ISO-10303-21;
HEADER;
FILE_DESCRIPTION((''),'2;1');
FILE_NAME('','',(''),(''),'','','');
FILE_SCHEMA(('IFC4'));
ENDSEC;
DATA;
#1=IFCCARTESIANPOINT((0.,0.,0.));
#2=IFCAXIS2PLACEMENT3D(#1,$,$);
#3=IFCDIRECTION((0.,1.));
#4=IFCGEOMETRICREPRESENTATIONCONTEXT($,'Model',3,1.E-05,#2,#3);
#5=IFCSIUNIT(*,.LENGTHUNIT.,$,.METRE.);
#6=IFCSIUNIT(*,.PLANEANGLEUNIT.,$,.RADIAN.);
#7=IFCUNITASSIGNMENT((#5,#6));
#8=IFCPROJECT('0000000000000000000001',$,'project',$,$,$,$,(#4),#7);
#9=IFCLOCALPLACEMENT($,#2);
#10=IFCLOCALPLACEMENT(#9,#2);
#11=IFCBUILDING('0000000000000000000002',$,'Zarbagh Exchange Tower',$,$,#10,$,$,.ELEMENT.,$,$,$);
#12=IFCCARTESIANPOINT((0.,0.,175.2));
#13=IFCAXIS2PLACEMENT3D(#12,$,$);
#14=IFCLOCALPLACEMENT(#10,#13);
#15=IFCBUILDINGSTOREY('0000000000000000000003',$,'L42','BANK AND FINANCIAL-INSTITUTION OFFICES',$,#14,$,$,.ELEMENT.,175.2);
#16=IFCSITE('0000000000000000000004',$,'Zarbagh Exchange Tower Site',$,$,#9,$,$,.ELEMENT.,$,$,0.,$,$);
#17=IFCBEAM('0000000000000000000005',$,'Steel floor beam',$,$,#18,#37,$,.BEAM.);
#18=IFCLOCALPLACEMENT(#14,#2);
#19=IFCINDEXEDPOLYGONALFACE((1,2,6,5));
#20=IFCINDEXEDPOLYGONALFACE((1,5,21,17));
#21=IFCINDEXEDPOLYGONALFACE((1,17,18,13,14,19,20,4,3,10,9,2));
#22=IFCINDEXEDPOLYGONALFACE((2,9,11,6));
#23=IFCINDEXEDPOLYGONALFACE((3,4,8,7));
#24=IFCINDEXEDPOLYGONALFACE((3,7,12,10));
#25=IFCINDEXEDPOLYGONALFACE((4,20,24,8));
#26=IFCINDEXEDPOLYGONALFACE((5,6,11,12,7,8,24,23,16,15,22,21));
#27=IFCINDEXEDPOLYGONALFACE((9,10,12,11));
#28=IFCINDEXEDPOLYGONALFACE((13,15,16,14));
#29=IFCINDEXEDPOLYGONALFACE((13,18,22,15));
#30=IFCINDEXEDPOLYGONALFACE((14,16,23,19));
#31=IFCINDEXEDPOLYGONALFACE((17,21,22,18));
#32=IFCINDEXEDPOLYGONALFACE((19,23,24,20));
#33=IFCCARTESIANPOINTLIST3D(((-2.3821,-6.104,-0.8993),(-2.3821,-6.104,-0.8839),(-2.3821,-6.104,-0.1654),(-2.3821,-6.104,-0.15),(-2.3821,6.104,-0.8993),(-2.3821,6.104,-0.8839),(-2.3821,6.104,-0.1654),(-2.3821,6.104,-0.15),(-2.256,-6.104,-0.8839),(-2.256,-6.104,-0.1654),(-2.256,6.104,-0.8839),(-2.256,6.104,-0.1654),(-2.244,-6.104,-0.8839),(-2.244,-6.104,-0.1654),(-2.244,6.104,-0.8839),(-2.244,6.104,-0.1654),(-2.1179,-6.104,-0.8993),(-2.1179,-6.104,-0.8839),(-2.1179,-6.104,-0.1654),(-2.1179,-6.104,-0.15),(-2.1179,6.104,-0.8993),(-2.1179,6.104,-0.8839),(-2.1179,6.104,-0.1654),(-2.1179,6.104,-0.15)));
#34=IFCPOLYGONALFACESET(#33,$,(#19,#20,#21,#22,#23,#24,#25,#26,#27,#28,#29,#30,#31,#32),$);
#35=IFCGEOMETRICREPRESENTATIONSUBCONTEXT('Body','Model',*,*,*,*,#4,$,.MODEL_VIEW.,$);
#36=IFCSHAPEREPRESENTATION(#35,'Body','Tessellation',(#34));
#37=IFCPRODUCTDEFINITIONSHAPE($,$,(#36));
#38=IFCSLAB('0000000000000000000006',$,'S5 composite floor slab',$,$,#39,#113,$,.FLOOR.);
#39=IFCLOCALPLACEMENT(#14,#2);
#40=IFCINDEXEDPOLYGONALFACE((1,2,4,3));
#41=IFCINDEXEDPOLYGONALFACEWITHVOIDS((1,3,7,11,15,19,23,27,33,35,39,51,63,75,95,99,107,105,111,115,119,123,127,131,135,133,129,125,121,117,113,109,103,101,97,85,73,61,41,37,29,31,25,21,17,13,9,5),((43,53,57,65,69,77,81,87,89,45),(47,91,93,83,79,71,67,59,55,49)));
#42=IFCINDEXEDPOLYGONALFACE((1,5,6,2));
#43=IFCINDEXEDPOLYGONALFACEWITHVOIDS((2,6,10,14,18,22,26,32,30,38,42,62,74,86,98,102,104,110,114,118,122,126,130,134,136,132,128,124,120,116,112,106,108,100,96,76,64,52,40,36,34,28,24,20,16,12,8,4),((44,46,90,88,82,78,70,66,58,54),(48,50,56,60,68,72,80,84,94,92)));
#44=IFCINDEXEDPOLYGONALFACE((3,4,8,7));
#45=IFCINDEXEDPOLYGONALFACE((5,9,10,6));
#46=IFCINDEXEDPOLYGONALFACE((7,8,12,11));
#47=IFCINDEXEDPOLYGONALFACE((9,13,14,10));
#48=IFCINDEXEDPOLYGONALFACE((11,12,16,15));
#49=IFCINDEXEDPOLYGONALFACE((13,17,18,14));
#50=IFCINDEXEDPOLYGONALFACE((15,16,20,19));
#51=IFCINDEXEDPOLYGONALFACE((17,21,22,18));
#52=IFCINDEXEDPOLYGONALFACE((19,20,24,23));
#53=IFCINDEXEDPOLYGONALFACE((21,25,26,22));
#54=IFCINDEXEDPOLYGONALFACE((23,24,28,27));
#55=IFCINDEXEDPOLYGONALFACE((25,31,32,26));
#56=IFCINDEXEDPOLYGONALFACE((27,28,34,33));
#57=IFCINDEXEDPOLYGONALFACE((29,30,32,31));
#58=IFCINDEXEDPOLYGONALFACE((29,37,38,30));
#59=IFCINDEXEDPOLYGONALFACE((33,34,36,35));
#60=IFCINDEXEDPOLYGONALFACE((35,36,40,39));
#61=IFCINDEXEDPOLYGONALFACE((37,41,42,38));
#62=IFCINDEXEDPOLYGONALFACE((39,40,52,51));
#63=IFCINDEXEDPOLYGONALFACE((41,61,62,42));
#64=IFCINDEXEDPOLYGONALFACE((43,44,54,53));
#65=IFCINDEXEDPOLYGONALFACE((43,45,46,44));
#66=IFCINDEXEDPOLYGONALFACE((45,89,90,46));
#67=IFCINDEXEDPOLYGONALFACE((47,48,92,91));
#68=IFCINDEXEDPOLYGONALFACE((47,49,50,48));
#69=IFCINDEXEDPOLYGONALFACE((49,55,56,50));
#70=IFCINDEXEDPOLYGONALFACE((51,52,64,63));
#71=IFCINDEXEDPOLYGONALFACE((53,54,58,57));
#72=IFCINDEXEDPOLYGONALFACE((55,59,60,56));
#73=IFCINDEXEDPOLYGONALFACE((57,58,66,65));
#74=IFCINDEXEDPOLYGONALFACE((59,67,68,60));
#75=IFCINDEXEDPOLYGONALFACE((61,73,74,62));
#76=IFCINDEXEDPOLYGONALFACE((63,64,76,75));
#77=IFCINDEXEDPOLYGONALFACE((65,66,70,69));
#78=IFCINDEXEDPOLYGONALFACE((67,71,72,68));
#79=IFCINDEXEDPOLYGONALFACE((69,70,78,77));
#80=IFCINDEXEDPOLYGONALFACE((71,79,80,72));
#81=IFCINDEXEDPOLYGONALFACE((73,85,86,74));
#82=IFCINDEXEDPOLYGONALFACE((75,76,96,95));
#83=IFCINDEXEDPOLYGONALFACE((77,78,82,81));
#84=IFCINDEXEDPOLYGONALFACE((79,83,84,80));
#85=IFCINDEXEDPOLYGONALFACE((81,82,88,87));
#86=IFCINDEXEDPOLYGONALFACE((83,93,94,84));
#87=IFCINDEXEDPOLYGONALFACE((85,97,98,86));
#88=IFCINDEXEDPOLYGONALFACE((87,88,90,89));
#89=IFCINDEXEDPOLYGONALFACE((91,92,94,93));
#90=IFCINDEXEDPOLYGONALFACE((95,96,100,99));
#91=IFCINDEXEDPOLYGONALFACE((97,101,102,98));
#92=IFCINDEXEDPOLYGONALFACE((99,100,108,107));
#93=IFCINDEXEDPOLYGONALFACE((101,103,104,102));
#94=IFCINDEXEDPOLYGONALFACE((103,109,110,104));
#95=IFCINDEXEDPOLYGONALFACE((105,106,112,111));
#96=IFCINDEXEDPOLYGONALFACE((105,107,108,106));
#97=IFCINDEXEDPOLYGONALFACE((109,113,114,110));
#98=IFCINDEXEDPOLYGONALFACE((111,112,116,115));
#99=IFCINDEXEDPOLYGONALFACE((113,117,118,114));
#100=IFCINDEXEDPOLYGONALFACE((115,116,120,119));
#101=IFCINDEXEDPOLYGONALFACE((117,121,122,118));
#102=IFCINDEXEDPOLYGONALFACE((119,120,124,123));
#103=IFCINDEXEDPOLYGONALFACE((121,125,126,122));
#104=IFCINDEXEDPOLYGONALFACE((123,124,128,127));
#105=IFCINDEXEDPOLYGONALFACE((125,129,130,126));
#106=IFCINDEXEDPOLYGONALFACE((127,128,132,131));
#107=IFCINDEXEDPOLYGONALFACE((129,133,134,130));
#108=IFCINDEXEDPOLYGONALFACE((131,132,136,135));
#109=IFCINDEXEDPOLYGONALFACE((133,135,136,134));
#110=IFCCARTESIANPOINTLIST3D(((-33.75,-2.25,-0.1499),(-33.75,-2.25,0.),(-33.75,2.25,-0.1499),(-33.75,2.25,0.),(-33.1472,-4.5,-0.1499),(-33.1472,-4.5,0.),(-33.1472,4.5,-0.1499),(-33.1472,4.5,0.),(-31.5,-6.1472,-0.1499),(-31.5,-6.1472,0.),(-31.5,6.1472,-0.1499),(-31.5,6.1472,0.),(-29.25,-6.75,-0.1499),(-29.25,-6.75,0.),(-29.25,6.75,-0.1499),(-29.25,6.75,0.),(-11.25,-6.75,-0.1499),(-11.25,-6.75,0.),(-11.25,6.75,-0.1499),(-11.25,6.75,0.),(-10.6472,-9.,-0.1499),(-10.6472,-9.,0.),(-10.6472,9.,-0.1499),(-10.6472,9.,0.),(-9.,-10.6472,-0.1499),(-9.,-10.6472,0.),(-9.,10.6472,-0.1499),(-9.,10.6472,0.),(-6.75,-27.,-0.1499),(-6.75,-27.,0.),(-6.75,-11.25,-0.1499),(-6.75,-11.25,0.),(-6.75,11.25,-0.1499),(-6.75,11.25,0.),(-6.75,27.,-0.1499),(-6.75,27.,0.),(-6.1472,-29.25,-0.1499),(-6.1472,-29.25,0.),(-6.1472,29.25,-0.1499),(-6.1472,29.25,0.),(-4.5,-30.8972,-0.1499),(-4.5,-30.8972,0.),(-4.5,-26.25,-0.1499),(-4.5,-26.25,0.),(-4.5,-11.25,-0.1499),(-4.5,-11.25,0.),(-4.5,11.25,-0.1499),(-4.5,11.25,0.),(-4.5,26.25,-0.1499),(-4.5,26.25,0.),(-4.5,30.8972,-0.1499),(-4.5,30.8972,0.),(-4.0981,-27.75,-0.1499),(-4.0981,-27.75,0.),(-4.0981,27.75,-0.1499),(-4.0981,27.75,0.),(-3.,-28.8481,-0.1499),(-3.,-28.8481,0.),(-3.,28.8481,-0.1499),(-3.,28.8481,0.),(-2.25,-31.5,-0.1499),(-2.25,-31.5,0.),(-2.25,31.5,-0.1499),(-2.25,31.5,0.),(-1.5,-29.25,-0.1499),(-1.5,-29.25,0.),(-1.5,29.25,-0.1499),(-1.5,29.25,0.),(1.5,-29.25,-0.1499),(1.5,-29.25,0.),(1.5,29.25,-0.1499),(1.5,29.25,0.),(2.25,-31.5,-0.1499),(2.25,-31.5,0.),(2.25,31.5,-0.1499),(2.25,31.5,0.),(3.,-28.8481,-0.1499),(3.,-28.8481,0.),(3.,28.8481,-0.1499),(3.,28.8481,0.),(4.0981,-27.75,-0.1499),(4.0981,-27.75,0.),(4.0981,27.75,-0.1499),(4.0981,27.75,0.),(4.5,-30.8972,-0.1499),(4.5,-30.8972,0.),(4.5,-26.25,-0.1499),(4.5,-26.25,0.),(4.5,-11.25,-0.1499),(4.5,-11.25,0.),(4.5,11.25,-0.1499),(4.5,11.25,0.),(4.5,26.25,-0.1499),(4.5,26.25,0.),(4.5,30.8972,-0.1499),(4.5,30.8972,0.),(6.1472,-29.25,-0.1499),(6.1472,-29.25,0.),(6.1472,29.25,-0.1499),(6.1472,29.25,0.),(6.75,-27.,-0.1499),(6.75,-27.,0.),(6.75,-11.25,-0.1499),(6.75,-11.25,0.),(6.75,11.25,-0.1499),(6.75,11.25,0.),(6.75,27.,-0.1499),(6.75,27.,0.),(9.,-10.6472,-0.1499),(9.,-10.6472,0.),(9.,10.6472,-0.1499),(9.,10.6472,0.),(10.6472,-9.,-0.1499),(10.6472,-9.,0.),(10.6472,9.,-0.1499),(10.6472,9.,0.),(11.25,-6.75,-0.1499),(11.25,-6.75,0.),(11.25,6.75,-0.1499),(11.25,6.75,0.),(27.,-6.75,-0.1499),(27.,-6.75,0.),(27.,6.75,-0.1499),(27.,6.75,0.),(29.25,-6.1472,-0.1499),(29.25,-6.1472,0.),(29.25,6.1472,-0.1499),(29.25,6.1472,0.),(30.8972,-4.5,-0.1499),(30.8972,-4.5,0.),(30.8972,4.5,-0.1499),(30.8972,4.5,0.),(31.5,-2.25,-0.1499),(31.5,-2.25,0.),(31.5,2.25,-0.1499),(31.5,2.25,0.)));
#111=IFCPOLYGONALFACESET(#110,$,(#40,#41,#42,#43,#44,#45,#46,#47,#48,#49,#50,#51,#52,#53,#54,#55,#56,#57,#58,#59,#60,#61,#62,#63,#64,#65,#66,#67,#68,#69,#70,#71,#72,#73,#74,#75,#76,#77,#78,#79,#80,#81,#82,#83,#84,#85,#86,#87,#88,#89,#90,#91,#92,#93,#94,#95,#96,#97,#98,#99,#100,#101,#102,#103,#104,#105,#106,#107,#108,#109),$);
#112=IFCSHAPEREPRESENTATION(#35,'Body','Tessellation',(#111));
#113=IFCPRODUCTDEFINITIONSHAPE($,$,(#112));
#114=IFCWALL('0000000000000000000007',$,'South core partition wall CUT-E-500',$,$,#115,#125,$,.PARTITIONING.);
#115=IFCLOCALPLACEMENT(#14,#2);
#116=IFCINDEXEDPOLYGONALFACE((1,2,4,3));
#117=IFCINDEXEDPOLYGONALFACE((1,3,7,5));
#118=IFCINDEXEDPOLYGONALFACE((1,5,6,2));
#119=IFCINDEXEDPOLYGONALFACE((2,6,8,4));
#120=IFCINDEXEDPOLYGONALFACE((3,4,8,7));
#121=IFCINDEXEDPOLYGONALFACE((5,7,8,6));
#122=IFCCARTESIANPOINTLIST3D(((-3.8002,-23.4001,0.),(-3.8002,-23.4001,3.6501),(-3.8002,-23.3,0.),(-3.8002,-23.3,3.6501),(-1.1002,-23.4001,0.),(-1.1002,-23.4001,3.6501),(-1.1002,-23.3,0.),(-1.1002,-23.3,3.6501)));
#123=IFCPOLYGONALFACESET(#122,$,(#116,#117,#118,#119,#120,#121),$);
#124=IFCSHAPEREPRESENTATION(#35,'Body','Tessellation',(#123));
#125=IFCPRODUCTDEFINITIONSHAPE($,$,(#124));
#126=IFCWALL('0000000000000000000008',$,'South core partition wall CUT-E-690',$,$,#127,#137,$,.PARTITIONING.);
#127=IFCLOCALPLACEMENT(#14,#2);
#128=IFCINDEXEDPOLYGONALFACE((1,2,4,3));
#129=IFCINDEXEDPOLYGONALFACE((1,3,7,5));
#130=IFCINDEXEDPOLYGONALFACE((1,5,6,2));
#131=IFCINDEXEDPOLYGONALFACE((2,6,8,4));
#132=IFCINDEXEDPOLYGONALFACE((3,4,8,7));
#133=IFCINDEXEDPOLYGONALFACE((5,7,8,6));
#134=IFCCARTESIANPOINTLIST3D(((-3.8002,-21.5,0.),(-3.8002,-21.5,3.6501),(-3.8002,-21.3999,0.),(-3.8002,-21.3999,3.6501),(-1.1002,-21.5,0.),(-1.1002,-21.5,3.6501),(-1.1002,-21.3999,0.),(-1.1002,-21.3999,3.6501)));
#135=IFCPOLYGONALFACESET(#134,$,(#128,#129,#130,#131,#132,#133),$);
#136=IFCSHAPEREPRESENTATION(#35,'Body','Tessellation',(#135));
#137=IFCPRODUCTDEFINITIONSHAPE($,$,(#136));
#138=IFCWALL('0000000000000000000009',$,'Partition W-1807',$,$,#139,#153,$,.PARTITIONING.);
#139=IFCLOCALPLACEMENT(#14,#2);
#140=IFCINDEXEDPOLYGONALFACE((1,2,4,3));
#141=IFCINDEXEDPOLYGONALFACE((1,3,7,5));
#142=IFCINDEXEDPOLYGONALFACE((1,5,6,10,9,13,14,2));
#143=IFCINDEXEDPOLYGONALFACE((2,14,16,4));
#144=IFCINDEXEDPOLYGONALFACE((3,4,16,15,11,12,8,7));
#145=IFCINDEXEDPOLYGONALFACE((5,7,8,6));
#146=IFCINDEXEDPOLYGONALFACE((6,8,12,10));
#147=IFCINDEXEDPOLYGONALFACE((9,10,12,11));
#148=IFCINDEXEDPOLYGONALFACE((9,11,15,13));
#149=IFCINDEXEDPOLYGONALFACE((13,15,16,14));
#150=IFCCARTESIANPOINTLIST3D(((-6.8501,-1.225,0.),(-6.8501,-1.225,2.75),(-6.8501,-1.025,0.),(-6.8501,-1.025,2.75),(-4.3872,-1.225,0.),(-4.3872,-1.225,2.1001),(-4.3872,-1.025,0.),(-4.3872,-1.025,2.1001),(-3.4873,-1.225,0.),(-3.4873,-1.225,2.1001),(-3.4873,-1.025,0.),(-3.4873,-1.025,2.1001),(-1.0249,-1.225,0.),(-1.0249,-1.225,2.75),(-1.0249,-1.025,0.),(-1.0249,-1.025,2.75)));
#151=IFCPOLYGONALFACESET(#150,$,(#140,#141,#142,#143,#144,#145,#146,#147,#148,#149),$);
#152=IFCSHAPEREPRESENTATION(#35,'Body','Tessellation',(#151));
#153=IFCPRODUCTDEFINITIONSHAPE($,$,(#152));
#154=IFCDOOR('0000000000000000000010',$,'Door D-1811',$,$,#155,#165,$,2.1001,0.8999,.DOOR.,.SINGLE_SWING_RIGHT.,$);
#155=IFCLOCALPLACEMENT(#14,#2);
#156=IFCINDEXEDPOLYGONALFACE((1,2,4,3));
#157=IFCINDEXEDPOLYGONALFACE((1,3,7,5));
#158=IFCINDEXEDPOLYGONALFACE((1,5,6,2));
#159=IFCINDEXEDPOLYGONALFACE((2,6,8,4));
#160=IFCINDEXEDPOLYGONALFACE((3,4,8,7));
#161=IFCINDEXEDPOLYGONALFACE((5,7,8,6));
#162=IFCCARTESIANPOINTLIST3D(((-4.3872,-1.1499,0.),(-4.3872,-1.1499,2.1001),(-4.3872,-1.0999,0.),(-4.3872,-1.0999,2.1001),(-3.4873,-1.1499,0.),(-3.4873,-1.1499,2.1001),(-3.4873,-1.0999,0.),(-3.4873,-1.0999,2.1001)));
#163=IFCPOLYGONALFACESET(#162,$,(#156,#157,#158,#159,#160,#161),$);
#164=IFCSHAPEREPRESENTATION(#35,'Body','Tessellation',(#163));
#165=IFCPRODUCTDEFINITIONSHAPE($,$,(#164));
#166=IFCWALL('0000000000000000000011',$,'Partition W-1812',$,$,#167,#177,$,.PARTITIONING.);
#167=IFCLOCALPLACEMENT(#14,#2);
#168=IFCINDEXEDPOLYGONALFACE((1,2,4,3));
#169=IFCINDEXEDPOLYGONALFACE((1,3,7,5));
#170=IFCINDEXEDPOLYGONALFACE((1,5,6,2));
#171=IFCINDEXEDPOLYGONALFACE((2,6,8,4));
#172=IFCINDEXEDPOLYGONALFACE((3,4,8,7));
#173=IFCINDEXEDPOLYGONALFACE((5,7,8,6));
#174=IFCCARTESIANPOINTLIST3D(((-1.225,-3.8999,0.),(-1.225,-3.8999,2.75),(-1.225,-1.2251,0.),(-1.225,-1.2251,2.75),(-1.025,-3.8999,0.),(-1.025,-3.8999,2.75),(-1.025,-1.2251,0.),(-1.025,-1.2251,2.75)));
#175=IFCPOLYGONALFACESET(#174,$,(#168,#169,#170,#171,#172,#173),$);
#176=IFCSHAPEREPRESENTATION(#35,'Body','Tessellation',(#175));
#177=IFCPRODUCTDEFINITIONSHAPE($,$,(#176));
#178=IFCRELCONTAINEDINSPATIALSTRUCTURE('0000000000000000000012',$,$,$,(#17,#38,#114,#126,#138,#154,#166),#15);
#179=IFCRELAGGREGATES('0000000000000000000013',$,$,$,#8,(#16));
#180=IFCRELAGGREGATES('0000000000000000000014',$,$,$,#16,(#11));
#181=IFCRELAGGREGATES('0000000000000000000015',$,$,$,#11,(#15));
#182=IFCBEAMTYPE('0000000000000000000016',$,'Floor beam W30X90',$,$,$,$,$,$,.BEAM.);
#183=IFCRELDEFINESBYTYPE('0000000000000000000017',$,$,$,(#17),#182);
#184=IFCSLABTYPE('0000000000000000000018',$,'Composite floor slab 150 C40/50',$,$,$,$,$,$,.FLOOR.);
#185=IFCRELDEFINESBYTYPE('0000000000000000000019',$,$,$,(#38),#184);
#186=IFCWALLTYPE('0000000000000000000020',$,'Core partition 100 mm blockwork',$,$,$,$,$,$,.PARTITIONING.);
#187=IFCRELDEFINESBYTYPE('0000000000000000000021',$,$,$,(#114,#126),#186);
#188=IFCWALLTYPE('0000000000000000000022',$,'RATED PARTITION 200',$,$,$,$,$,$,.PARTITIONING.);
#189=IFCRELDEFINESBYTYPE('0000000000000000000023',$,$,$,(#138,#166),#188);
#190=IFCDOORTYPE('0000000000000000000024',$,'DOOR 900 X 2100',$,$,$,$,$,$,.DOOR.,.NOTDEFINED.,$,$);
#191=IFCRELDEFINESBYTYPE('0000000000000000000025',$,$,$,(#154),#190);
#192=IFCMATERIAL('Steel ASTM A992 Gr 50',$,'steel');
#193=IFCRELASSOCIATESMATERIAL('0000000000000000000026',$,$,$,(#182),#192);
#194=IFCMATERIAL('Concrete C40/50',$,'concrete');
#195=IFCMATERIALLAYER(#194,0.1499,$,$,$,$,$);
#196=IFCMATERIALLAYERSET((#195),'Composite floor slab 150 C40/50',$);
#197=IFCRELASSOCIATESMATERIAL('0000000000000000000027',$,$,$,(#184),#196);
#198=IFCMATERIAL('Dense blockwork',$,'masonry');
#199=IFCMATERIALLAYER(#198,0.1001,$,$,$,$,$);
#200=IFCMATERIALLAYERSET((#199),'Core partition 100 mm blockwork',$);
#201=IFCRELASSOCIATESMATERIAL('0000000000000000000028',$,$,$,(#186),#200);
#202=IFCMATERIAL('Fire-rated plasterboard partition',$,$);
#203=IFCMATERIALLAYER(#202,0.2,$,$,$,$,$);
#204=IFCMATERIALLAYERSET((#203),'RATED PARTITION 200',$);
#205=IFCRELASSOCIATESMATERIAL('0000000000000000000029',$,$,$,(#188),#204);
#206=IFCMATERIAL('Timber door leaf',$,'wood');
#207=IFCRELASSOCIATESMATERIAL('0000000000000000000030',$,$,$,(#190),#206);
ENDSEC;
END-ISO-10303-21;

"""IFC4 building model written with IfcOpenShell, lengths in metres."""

from ifc_helpers import new_model, si_unit, direction, frame, frame_2d, origin, origin_2d, place, context, subcontext, project, spatial, polyline, rectangle, i_section, outline, extrude, material, layer, layer_set, material_profile, profile_set, type_object, element, fill, save


model = new_model("IFC4")

# Units and contexts
model_context = context("Model", 3, precision=1e-05, world=origin(), true_north=direction((0.0, 1.0)))
body_context = subcontext(model_context, "Body", "Model", "MODEL_VIEW")
ifc_project = project(units=[si_unit("LENGTHUNIT", "METRE"), si_unit("PLANEANGLEUNIT", "RADIAN")], contexts=[model_context])

# Site, building, storey
site_placement = place(None, origin())
site = spatial("IfcSite", under=ifc_project, at=site_placement, Name="Zarbagh Exchange Tower Site", CompositionType="ELEMENT", RefElevation=0.0)
building_placement = place(site_placement, origin())
building = spatial("IfcBuilding", under=site, at=building_placement, Name="Zarbagh Exchange Tower", CompositionType="ELEMENT")
storey_placement = place(building_placement, frame((0.0, 0.0, 175.2)))
storey = spatial("IfcBuildingStorey", under=building, at=storey_placement, Name="L42", Description="BANK AND FINANCIAL-INSTITUTION OFFICES", CompositionType="ELEMENT", Elevation=175.2)

# Beam
ifc_material_1 = material(Name="Steel ASTM A992 Gr 50", Category="steel")
ifc_material_profile = material_profile(ifc_material_1, i_section(OverallWidth=0.2642, OverallDepth=0.7493, WebThickness=0.012, FlangeThickness=0.0154, at=origin_2d()), Name="W30X90")
ifc_profile_set = profile_set([ifc_material_profile], Name="Steel ASTM A992 Gr 50")
beam_type = type_object("IfcBeamType", Name="Floor beam W30X90", PredefinedType="BEAM", material=ifc_profile_set)
beam_placement = place(storey_placement, frame((-2.25, -6.104, -0.5247), z_axis=(0.0, 1.0, 0.0), x_axis=(-1.0, 0.0, 0.0)))
element("IfcBeam", 1, at=beam_placement, inside=storey, type_object=beam_type, Name="Steel floor beam", PredefinedType="BEAM", context=body_context, shape_type="SweptSolid", body=[
    extrude(i_section(OverallWidth=0.2642, OverallDepth=0.7493, WebThickness=0.012, FlangeThickness=0.0154, at=origin_2d()), origin(), (0.0, 0.0, 1.0), 12.208),
])

# Slab
ifc_material_2 = material(Name="Concrete C40/50", Category="concrete")
ifc_layer_1 = layer(ifc_material_2, 0.1499)
ifc_layer_set_1 = layer_set([ifc_layer_1], Name="Composite floor slab 150 C40/50")
slab_type = type_object("IfcSlabType", Name="Composite floor slab 150 C40/50", PredefinedType="FLOOR", material=ifc_layer_set_1)
slab_placement = place(storey_placement, frame((0.0, 0.0, -0.1499)))
element("IfcSlab", 2, at=slab_placement, inside=storey, type_object=slab_type, Name="S5 composite floor slab", PredefinedType="FLOOR", context=body_context, shape_type="SweptSolid", body=[
    extrude(outline(polyline([(-2.25, -31.5), (-4.5, -30.8972), (-6.1472, -29.25), (-6.75, -27.0), (-6.75, -11.25), (-9.0, -10.6472), (-10.6472, -9.0), (-11.25, -6.75), (-29.25, -6.75), (-31.5, -6.1472), (-33.1472, -4.5), (-33.75, -2.25), (-33.75, 2.25), (-33.1472, 4.5), (-31.5, 6.1472), (-29.25, 6.75), (-11.25, 6.75), (-10.6472, 9.0), (-9.0, 10.6472), (-6.75, 11.25), (-6.75, 27.0), (-6.1472, 29.25), (-4.5, 30.8972), (-2.25, 31.5), (2.25, 31.5), (4.5, 30.8972), (6.1472, 29.25), (6.75, 27.0), (6.75, 11.25), (9.0, 10.6472), (10.6472, 9.0), (11.25, 6.75), (27.0, 6.75), (29.25, 6.1472), (30.8972, 4.5), (31.5, 2.25), (31.5, -2.25), (30.8972, -4.5), (29.25, -6.1472), (27.0, -6.75), (11.25, -6.75), (10.6472, -9.0), (9.0, -10.6472), (6.75, -11.25), (6.75, -27.0), (6.1472, -29.25), (4.5, -30.8972), (2.25, -31.5), (-2.25, -31.5)]), holes=[polyline([(4.5, 11.25), (4.5, 26.25), (4.0981, 27.75), (3.0, 28.8481), (1.5, 29.25), (-1.5, 29.25), (-3.0, 28.8481), (-4.0981, 27.75), (-4.5, 26.25), (-4.5, 11.25), (4.5, 11.25)]), polyline([(-1.5, -29.25), (1.5, -29.25), (3.0, -28.8481), (4.0981, -27.75), (4.5, -26.25), (4.5, -11.25), (-4.5, -11.25), (-4.5, -26.25), (-4.0981, -27.75), (-3.0, -28.8481), (-1.5, -29.25)])]), origin(), (0.0, 0.0, 1.0), 0.1499),
])

# Walls
ifc_material_3 = material(Name="Dense blockwork", Category="masonry")
ifc_layer_2 = layer(ifc_material_3, 0.1001)
ifc_layer_set_2 = layer_set([ifc_layer_2], Name="Core partition 100 mm blockwork")
wall_type_1 = type_object("IfcWallType", Name="Core partition 100 mm blockwork", PredefinedType="PARTITIONING", material=ifc_layer_set_2)
for number, where, z_axis, x_axis, name in (
    (3, (-1.1001, -23.3501, 0.0), (0.0, 0.0, 1.0), (-1.0, 0.0, 0.0), "South core partition wall CUT-E-500"),
    (4, (-1.1001, -21.45, 0.0), (0.0, 0.0, 1.0), (-1.0, 0.0, 0.0), "South core partition wall CUT-E-690"),
):
    element("IfcWall", number, at=place(storey_placement, frame(where, z_axis=z_axis, x_axis=x_axis)), inside=storey, type_object=wall_type_1, Name=name, PredefinedType="PARTITIONING", context=body_context, shape_type="SweptSolid", body=[
        extrude(rectangle(XDim=2.7, YDim=0.1001, at=frame_2d((1.3501, 0.0))), origin(), (0.0, 0.0, 1.0), 3.6501),
    ])

# Wall, opening, door
ifc_material_4 = material(Name="Fire-rated plasterboard partition")
ifc_layer_3 = layer(ifc_material_4, 0.2)
ifc_layer_set_3 = layer_set([ifc_layer_3], Name="RATED PARTITION 200")
wall_type_2 = type_object("IfcWallType", Name="RATED PARTITION 200", PredefinedType="PARTITIONING", material=ifc_layer_set_3)
wall_1_placement = place(storey_placement, frame((-1.0249, -1.125, 0.0), z_axis=(0.0, 0.0, 1.0), x_axis=(-1.0, 0.0, 0.0)))
wall_1 = element("IfcWall", 5, at=wall_1_placement, inside=storey, type_object=wall_type_2, Name="Partition W-1807", PredefinedType="PARTITIONING", context=body_context, shape_type="SweptSolid", body=[
    extrude(rectangle(XDim=5.8252, YDim=0.2, at=frame_2d((2.9126, 0.0))), origin(), (0.0, 0.0, 1.0), 2.75),
])
opening_1_placement = place(wall_1_placement, frame((2.4624, 0.0, 0.0)))
opening_1 = element("IfcOpeningElement", 6, at=opening_1_placement, cuts=wall_1, PredefinedType="OPENING", context=body_context, shape_type="SweptSolid", body=[
    extrude(rectangle(XDim=0.8999, YDim=2.1001, at=frame_2d((0.45, 1.05))), frame((0.0, 0.1099, 0.0), z_axis=(0.0, -1.0, 0.0), x_axis=(1.0, 0.0, 0.0)), (0.0, 0.0, 1.0), 0.22),
])
ifc_material_5 = material(Name="Timber door leaf", Category="wood")
door_type_1 = type_object("IfcDoorType", Name="DOOR 900 X 2100", OperationType="NOTDEFINED", PredefinedType="DOOR", material=ifc_material_5)
door_1_placement = place(opening_1_placement, origin())
door_1 = element("IfcDoor", 7, at=door_1_placement, inside=storey, type_object=door_type_1, Name="Door D-1811", OperationType="SINGLE_SWING_RIGHT", OverallHeight=2.1001, OverallWidth=0.8999, PredefinedType="DOOR", context=body_context, shape_type="SweptSolid", body=[
    extrude(rectangle(XDim=0.8999, YDim=2.1001, at=frame_2d((0.45, 1.05))), frame((0.0, 0.0249, 0.0), z_axis=(0.0, -1.0, 0.0), x_axis=(1.0, 0.0, 0.0)), (0.0, 0.0, 1.0), 0.05),
])
fill(opening_1, door_1)

# Wall
wall_2_placement = place(storey_placement, frame((-1.125, -3.8999, 0.0), z_axis=(0.0, 0.0, 1.0), x_axis=(0.0, 1.0, 0.0)))
element("IfcWall", 8, at=wall_2_placement, inside=storey, type_object=wall_type_2, Name="Partition W-1812", PredefinedType="PARTITIONING", context=body_context, shape_type="SweptSolid", body=[
    extrude(rectangle(XDim=2.6748, YDim=0.2, at=frame_2d((1.3374, 0.0))), origin(), (0.0, 0.0, 1.0), 2.75),
])

save(model, "model.ifc")
